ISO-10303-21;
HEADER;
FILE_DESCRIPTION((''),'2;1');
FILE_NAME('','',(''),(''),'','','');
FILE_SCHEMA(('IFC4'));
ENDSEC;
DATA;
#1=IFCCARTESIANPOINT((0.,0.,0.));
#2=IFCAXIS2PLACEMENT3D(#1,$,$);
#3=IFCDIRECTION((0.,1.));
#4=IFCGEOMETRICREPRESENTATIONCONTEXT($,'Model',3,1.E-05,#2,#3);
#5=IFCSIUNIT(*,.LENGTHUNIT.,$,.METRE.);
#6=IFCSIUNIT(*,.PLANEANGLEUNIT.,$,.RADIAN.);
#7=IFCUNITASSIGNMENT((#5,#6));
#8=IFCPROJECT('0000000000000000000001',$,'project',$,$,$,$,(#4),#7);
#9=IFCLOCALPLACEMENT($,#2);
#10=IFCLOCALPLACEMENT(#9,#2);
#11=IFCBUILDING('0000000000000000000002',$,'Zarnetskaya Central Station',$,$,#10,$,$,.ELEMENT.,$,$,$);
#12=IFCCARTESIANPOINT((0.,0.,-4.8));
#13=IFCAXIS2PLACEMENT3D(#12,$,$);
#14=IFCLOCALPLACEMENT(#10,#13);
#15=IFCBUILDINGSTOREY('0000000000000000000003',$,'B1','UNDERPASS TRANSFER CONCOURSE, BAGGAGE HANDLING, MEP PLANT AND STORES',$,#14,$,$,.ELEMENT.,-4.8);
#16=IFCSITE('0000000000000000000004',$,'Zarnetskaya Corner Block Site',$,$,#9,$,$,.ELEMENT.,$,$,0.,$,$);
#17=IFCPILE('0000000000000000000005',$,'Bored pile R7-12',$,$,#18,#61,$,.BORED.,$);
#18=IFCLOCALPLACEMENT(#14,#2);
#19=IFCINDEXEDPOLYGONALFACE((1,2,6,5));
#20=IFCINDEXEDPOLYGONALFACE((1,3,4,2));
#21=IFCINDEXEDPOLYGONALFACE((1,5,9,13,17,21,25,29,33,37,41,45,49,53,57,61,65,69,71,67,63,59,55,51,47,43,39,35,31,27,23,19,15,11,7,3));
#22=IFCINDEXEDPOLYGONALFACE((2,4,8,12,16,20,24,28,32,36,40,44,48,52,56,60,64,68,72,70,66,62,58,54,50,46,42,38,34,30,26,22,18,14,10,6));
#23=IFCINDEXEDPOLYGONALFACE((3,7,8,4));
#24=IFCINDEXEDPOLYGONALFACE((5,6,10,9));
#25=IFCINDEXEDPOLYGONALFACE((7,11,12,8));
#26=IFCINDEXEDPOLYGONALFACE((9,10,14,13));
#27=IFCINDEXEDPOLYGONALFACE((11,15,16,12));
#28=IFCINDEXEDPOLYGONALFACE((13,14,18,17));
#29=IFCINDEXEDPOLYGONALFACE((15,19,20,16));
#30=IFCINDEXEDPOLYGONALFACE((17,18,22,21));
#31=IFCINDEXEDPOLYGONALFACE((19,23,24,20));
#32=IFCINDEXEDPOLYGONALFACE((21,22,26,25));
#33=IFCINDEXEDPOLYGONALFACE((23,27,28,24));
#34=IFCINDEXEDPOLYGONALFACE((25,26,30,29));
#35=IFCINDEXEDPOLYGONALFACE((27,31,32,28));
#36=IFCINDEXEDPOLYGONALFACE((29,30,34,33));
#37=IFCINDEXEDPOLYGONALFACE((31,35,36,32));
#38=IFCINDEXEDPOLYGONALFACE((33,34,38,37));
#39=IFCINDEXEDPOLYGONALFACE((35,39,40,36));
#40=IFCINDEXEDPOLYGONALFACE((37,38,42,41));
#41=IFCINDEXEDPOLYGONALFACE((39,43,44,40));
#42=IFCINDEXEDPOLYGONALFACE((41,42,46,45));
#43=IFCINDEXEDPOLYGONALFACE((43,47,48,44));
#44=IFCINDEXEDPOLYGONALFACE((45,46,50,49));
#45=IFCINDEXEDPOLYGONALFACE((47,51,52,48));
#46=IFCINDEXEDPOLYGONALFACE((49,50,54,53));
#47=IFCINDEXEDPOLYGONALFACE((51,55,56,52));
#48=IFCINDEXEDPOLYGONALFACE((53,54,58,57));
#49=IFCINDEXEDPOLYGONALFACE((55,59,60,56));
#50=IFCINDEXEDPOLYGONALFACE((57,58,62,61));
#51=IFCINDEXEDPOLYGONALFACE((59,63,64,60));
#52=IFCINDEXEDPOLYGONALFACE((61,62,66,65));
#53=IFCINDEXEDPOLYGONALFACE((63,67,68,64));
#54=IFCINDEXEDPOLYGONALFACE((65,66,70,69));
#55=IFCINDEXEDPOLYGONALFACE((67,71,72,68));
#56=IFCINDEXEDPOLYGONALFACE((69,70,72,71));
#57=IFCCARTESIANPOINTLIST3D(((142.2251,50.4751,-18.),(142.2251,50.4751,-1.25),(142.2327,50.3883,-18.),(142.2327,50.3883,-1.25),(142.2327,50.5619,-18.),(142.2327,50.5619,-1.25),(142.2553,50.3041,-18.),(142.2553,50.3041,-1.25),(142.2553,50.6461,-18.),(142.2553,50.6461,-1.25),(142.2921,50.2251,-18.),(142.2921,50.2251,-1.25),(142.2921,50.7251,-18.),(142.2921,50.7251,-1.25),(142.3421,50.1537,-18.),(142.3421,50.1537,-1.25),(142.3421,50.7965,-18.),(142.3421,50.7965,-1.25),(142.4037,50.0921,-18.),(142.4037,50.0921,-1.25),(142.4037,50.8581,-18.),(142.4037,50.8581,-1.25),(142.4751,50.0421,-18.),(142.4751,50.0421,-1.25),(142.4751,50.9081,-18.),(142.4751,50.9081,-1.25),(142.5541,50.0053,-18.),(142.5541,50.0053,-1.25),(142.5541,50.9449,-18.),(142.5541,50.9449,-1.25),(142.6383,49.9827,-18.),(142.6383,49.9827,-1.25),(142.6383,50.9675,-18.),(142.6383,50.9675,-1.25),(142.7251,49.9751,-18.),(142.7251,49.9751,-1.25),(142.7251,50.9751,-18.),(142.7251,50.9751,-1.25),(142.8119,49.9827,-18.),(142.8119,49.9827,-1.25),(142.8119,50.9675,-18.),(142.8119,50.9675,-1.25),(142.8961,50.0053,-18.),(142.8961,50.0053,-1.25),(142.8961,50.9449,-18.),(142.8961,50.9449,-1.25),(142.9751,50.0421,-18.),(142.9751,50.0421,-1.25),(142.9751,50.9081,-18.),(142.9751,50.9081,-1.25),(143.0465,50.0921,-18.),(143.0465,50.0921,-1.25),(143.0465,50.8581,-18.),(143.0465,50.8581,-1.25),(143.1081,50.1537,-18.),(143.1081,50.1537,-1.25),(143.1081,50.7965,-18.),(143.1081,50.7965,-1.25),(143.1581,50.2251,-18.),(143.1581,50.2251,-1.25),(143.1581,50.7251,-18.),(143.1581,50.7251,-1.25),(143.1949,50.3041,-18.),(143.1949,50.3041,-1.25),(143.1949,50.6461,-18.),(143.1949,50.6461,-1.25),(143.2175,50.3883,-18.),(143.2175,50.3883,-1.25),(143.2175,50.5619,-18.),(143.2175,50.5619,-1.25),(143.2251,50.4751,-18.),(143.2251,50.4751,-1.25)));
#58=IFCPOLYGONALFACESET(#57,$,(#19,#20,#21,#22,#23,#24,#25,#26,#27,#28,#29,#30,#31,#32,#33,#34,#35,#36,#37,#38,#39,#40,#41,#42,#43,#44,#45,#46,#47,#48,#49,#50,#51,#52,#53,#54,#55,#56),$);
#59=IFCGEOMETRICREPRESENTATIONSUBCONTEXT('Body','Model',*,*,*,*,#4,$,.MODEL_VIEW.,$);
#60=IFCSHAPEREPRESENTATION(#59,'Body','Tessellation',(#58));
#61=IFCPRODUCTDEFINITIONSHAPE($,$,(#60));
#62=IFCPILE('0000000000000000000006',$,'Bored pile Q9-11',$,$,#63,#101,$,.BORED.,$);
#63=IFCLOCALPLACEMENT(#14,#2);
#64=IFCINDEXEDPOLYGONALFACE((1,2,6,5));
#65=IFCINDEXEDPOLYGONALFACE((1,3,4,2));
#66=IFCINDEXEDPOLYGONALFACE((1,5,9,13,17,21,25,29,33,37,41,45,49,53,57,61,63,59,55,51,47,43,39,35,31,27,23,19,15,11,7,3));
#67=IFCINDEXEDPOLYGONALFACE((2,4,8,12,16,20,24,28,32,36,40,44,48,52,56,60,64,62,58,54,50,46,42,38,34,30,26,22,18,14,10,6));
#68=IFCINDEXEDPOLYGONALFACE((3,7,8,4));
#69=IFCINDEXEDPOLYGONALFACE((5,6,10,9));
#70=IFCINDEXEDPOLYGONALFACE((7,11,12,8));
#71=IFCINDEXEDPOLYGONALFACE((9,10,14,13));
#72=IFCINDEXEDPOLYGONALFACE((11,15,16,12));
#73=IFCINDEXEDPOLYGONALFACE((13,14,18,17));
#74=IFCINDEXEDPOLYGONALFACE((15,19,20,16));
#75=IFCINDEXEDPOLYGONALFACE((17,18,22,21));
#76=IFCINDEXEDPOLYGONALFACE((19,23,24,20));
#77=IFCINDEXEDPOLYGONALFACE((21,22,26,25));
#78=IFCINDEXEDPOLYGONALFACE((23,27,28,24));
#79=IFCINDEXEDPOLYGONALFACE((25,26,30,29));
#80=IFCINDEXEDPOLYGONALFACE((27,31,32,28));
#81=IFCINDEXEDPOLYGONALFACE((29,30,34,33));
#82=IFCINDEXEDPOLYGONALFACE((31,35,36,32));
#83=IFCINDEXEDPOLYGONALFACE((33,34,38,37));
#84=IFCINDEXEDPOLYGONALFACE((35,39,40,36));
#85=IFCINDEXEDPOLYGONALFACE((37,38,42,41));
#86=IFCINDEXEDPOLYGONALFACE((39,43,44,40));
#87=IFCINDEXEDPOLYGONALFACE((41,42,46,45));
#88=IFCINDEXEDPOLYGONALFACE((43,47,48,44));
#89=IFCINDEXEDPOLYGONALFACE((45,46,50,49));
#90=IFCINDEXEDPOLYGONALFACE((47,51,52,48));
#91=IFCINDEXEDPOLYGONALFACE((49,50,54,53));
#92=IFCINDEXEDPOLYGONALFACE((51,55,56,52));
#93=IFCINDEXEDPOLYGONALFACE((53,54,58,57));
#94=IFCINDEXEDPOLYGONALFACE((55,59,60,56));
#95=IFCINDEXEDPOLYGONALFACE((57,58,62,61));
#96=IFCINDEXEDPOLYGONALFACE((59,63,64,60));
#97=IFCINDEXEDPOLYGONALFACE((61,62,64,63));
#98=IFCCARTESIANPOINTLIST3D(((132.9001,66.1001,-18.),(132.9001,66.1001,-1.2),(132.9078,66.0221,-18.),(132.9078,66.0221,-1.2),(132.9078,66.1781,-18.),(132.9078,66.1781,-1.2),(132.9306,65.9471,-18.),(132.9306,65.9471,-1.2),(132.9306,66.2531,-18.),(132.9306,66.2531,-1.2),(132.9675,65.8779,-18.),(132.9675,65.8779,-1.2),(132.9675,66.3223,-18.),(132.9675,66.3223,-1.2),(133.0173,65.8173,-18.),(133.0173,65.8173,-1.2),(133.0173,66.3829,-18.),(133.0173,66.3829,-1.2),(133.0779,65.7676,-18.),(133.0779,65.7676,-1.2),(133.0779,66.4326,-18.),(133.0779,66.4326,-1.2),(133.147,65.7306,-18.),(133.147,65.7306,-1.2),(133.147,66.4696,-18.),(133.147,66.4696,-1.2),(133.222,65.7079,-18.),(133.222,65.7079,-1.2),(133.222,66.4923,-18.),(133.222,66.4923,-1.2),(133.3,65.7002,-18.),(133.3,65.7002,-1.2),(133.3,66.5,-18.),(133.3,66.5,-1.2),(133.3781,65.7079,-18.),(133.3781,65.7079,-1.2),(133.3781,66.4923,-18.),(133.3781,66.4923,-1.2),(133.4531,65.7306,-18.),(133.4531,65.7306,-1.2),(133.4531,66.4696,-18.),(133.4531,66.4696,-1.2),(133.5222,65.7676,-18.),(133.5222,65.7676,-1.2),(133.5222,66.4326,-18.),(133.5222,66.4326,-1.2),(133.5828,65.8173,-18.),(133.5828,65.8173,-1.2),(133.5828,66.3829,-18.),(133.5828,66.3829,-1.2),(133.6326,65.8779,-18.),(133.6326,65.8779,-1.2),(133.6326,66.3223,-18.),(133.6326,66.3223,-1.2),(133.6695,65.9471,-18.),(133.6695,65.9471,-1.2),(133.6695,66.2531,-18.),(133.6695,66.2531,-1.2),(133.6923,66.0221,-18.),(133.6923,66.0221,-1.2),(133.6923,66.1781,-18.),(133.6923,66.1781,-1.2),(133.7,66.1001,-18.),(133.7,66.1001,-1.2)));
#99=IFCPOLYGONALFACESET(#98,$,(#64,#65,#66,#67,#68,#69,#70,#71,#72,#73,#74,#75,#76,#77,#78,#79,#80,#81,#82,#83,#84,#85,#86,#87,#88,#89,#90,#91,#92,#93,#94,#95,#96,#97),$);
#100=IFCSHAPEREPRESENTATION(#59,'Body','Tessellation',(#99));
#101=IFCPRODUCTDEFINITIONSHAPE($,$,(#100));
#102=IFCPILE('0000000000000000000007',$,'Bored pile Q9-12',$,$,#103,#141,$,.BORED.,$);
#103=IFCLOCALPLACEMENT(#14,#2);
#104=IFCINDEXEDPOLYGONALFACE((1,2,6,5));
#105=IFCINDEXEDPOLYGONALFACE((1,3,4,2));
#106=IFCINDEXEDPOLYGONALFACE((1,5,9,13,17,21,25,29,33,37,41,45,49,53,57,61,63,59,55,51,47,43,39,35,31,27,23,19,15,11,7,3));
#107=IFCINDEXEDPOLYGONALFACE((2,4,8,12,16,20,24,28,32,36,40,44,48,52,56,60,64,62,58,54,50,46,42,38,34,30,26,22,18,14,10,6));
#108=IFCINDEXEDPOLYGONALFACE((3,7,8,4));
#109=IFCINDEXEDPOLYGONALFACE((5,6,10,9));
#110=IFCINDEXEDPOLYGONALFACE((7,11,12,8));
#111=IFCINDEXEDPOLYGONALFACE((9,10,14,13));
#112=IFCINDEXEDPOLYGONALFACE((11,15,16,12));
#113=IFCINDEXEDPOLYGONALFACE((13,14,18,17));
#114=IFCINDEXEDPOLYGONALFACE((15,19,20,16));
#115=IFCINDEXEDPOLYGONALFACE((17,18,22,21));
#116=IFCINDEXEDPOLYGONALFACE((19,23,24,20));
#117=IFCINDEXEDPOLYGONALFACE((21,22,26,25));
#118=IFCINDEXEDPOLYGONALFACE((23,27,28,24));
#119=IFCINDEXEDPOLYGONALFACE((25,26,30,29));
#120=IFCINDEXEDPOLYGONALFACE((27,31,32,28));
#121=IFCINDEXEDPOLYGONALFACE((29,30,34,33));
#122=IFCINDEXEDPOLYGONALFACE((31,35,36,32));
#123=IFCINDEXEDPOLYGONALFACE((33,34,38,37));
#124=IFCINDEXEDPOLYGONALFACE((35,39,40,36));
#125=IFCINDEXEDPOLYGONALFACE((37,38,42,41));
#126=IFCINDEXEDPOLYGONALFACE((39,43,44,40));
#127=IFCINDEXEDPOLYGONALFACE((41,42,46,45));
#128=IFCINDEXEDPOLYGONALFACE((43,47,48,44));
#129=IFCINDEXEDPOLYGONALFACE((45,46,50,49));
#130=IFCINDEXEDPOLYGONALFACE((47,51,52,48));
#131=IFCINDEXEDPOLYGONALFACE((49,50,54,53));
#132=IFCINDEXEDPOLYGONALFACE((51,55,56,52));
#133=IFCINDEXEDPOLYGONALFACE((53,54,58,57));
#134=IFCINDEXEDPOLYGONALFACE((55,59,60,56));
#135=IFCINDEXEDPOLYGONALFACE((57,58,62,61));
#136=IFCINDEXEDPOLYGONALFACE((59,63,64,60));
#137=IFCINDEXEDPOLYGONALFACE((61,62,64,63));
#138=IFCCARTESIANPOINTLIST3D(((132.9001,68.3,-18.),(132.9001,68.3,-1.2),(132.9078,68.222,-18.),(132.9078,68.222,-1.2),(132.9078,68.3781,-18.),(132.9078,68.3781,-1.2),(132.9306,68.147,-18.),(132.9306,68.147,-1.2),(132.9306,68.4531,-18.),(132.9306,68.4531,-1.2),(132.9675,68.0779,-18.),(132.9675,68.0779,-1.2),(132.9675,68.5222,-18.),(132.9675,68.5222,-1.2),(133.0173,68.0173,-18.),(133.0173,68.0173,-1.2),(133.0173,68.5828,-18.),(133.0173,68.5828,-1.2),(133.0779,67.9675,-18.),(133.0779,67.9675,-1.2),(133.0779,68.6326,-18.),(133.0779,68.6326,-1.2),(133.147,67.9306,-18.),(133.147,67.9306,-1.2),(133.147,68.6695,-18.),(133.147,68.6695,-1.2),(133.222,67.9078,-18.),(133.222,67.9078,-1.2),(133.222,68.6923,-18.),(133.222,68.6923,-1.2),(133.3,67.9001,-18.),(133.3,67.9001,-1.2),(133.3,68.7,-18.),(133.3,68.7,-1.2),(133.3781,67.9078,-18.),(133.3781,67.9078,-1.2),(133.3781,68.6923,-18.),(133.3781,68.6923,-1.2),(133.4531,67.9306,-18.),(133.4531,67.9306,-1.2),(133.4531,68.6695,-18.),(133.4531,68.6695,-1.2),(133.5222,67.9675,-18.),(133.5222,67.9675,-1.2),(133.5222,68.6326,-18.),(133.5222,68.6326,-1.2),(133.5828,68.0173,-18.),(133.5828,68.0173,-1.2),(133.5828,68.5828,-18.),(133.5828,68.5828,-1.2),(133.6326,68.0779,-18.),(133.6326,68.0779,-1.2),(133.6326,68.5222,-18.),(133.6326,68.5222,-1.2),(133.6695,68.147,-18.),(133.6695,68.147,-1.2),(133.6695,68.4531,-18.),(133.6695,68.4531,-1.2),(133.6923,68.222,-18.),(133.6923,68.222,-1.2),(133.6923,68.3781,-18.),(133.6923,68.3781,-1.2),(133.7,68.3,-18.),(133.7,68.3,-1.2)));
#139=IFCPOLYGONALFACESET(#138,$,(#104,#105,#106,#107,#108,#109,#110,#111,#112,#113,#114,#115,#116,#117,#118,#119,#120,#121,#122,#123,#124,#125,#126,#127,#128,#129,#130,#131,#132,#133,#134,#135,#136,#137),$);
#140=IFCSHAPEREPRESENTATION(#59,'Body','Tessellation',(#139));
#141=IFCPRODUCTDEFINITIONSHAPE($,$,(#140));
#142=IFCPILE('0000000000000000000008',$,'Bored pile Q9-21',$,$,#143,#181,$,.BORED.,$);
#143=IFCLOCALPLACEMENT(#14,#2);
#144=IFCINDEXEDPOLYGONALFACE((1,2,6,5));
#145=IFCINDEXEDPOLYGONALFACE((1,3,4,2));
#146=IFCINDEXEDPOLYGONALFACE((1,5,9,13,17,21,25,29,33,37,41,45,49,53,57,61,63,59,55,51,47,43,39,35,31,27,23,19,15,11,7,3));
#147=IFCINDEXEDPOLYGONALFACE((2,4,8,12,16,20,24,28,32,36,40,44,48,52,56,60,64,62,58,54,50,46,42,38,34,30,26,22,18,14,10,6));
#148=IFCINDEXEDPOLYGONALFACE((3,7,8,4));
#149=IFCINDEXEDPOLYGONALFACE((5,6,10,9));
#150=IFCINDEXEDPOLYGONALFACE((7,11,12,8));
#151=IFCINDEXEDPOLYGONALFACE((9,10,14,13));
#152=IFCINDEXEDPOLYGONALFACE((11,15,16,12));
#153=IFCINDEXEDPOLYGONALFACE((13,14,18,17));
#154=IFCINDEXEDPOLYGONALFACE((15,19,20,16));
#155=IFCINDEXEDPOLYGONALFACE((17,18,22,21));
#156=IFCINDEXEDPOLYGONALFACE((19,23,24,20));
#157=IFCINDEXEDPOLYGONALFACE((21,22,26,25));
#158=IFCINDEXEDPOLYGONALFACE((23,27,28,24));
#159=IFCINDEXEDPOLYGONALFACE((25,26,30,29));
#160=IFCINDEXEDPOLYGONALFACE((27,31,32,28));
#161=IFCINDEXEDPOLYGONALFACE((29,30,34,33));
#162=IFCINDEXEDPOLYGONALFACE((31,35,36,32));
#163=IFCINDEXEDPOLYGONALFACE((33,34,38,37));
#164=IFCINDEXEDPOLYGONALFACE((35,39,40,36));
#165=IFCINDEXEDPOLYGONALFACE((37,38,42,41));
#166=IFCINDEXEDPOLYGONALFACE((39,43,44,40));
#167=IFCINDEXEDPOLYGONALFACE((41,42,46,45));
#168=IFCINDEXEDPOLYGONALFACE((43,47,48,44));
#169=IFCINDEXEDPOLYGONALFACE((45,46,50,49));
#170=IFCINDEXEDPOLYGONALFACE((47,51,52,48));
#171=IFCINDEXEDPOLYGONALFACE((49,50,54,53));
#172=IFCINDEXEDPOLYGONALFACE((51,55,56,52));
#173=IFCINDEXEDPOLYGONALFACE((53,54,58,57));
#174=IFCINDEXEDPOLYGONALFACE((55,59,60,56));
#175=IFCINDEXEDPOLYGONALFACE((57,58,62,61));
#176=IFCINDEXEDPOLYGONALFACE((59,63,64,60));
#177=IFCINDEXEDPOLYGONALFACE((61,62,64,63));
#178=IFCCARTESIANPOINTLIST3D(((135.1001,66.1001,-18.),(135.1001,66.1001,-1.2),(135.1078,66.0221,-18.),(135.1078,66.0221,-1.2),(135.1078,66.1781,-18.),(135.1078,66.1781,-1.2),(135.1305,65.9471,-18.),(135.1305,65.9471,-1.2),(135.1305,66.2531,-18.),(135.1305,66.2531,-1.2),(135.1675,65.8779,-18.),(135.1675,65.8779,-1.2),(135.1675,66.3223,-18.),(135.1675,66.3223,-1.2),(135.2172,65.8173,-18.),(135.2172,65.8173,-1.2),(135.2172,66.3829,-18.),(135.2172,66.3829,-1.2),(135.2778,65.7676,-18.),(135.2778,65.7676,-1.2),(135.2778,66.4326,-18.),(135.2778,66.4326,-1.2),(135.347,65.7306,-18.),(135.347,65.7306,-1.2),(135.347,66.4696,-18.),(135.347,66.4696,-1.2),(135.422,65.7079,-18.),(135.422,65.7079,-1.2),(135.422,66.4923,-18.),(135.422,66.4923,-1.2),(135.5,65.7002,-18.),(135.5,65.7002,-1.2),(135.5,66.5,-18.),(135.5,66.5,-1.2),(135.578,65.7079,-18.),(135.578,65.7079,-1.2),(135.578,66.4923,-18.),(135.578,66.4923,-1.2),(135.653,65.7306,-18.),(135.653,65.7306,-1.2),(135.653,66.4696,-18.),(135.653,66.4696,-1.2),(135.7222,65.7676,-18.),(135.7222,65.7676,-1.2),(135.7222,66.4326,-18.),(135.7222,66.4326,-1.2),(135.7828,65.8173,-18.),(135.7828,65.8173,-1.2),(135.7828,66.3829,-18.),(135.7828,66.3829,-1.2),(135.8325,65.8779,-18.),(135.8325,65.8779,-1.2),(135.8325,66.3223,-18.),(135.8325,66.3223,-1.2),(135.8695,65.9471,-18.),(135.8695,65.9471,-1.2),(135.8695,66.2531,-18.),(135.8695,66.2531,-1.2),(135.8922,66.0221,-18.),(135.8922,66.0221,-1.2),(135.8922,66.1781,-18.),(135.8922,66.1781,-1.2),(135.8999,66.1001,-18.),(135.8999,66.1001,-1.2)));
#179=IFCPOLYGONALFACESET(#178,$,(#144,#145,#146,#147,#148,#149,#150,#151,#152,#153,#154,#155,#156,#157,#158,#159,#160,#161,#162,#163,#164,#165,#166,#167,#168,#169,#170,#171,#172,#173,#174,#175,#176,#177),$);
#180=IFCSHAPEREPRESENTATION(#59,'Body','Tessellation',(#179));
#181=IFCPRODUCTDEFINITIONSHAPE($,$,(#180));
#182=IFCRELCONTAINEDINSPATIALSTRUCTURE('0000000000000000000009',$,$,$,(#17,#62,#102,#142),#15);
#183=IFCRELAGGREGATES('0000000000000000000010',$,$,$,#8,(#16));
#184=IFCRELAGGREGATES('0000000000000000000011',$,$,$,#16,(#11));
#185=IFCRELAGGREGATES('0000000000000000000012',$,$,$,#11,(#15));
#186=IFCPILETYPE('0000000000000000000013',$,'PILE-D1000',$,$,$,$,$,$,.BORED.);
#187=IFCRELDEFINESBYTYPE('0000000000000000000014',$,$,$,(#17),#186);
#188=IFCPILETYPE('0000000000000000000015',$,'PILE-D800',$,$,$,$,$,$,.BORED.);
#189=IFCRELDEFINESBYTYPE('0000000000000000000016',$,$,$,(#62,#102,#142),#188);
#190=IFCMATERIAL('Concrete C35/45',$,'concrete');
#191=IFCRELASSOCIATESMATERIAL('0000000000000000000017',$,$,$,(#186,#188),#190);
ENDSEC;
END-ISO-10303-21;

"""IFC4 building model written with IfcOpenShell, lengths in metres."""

from ifc_helpers import new_model, si_unit, direction, frame, origin, origin_2d, place, context, subcontext, project, spatial, circle, extrude, material, material_profile, profile_set, type_object, element, save


model = new_model("IFC4")

# Units and contexts
model_context = context("Model", 3, precision=1e-05, world=origin(), true_north=direction((0.0, 1.0)))
body_context = subcontext(model_context, "Body", "Model", "MODEL_VIEW")
ifc_project = project(units=[si_unit("LENGTHUNIT", "METRE"), si_unit("PLANEANGLEUNIT", "RADIAN")], contexts=[model_context])

# Site, building, storey
site_placement = place(None, origin())
site = spatial("IfcSite", under=ifc_project, at=site_placement, Name="Zarnetskaya Corner Block Site", CompositionType="ELEMENT", RefElevation=0.0)
building_placement = place(site_placement, origin())
building = spatial("IfcBuilding", under=site, at=building_placement, Name="Zarnetskaya Central Station", CompositionType="ELEMENT")
storey_placement = place(building_placement, frame((0.0, 0.0, -4.8)))
storey = spatial("IfcBuildingStorey", under=building, at=storey_placement, Name="B1", Description="UNDERPASS TRANSFER CONCOURSE, BAGGAGE HANDLING, MEP PLANT AND STORES", CompositionType="ELEMENT", Elevation=-4.8)

# Shared definitions
ifc_material = material(Name="Concrete C35/45", Category="concrete")

# Piles
ifc_material_profile_1 = material_profile(ifc_material, circle(Radius=0.5, at=origin_2d()), Name="BORED PILE D1000")
ifc_profile_set_1 = profile_set([ifc_material_profile_1], Name="Concrete C35/45")
pile_type_1 = type_object("IfcPileType", Name="PILE-D1000", PredefinedType="BORED", material=ifc_profile_set_1)
for number, where, z_axis, x_axis, name in (
    (1, (142.7251, 50.4751, -1.25), (0.0, 0.0, -1.0), (1.0, 0.0, 0.0), "Bored pile R7-12"),
):
    element("IfcPile", number, at=place(storey_placement, frame(where, z_axis=z_axis, x_axis=x_axis)), inside=storey, type_object=pile_type_1, Name=name, PredefinedType="BORED", context=body_context, shape_type="SweptSolid", body=[
        extrude(circle(Radius=0.5, at=origin_2d()), origin(), (0.0, 0.0, 1.0), 16.75),
    ])
ifc_material_profile_2 = material_profile(ifc_material, circle(Radius=0.3999, at=origin_2d()), Name="BORED PILE D800")
ifc_profile_set_2 = profile_set([ifc_material_profile_2], Name="Concrete C35/45")
pile_type_2 = type_object("IfcPileType", Name="PILE-D800", PredefinedType="BORED", material=ifc_profile_set_2)
for number, where, z_axis, x_axis, name in (
    (2, (133.3, 66.1001, -1.2), (0.0, 0.0, -1.0), (1.0, 0.0, 0.0), "Bored pile Q9-11"),
    (3, (133.3, 68.3, -1.2), (0.0, 0.0, -1.0), (1.0, 0.0, 0.0), "Bored pile Q9-12"),
    (4, (135.5, 66.1001, -1.2), (0.0, 0.0, -1.0), (1.0, 0.0, 0.0), "Bored pile Q9-21"),
):
    element("IfcPile", number, at=place(storey_placement, frame(where, z_axis=z_axis, x_axis=x_axis)), inside=storey, type_object=pile_type_2, Name=name, PredefinedType="BORED", context=body_context, shape_type="SweptSolid", body=[
        extrude(circle(Radius=0.3999, at=origin_2d()), origin(), (0.0, 0.0, 1.0), 16.8),
    ])

save(model, "model.ifc")
